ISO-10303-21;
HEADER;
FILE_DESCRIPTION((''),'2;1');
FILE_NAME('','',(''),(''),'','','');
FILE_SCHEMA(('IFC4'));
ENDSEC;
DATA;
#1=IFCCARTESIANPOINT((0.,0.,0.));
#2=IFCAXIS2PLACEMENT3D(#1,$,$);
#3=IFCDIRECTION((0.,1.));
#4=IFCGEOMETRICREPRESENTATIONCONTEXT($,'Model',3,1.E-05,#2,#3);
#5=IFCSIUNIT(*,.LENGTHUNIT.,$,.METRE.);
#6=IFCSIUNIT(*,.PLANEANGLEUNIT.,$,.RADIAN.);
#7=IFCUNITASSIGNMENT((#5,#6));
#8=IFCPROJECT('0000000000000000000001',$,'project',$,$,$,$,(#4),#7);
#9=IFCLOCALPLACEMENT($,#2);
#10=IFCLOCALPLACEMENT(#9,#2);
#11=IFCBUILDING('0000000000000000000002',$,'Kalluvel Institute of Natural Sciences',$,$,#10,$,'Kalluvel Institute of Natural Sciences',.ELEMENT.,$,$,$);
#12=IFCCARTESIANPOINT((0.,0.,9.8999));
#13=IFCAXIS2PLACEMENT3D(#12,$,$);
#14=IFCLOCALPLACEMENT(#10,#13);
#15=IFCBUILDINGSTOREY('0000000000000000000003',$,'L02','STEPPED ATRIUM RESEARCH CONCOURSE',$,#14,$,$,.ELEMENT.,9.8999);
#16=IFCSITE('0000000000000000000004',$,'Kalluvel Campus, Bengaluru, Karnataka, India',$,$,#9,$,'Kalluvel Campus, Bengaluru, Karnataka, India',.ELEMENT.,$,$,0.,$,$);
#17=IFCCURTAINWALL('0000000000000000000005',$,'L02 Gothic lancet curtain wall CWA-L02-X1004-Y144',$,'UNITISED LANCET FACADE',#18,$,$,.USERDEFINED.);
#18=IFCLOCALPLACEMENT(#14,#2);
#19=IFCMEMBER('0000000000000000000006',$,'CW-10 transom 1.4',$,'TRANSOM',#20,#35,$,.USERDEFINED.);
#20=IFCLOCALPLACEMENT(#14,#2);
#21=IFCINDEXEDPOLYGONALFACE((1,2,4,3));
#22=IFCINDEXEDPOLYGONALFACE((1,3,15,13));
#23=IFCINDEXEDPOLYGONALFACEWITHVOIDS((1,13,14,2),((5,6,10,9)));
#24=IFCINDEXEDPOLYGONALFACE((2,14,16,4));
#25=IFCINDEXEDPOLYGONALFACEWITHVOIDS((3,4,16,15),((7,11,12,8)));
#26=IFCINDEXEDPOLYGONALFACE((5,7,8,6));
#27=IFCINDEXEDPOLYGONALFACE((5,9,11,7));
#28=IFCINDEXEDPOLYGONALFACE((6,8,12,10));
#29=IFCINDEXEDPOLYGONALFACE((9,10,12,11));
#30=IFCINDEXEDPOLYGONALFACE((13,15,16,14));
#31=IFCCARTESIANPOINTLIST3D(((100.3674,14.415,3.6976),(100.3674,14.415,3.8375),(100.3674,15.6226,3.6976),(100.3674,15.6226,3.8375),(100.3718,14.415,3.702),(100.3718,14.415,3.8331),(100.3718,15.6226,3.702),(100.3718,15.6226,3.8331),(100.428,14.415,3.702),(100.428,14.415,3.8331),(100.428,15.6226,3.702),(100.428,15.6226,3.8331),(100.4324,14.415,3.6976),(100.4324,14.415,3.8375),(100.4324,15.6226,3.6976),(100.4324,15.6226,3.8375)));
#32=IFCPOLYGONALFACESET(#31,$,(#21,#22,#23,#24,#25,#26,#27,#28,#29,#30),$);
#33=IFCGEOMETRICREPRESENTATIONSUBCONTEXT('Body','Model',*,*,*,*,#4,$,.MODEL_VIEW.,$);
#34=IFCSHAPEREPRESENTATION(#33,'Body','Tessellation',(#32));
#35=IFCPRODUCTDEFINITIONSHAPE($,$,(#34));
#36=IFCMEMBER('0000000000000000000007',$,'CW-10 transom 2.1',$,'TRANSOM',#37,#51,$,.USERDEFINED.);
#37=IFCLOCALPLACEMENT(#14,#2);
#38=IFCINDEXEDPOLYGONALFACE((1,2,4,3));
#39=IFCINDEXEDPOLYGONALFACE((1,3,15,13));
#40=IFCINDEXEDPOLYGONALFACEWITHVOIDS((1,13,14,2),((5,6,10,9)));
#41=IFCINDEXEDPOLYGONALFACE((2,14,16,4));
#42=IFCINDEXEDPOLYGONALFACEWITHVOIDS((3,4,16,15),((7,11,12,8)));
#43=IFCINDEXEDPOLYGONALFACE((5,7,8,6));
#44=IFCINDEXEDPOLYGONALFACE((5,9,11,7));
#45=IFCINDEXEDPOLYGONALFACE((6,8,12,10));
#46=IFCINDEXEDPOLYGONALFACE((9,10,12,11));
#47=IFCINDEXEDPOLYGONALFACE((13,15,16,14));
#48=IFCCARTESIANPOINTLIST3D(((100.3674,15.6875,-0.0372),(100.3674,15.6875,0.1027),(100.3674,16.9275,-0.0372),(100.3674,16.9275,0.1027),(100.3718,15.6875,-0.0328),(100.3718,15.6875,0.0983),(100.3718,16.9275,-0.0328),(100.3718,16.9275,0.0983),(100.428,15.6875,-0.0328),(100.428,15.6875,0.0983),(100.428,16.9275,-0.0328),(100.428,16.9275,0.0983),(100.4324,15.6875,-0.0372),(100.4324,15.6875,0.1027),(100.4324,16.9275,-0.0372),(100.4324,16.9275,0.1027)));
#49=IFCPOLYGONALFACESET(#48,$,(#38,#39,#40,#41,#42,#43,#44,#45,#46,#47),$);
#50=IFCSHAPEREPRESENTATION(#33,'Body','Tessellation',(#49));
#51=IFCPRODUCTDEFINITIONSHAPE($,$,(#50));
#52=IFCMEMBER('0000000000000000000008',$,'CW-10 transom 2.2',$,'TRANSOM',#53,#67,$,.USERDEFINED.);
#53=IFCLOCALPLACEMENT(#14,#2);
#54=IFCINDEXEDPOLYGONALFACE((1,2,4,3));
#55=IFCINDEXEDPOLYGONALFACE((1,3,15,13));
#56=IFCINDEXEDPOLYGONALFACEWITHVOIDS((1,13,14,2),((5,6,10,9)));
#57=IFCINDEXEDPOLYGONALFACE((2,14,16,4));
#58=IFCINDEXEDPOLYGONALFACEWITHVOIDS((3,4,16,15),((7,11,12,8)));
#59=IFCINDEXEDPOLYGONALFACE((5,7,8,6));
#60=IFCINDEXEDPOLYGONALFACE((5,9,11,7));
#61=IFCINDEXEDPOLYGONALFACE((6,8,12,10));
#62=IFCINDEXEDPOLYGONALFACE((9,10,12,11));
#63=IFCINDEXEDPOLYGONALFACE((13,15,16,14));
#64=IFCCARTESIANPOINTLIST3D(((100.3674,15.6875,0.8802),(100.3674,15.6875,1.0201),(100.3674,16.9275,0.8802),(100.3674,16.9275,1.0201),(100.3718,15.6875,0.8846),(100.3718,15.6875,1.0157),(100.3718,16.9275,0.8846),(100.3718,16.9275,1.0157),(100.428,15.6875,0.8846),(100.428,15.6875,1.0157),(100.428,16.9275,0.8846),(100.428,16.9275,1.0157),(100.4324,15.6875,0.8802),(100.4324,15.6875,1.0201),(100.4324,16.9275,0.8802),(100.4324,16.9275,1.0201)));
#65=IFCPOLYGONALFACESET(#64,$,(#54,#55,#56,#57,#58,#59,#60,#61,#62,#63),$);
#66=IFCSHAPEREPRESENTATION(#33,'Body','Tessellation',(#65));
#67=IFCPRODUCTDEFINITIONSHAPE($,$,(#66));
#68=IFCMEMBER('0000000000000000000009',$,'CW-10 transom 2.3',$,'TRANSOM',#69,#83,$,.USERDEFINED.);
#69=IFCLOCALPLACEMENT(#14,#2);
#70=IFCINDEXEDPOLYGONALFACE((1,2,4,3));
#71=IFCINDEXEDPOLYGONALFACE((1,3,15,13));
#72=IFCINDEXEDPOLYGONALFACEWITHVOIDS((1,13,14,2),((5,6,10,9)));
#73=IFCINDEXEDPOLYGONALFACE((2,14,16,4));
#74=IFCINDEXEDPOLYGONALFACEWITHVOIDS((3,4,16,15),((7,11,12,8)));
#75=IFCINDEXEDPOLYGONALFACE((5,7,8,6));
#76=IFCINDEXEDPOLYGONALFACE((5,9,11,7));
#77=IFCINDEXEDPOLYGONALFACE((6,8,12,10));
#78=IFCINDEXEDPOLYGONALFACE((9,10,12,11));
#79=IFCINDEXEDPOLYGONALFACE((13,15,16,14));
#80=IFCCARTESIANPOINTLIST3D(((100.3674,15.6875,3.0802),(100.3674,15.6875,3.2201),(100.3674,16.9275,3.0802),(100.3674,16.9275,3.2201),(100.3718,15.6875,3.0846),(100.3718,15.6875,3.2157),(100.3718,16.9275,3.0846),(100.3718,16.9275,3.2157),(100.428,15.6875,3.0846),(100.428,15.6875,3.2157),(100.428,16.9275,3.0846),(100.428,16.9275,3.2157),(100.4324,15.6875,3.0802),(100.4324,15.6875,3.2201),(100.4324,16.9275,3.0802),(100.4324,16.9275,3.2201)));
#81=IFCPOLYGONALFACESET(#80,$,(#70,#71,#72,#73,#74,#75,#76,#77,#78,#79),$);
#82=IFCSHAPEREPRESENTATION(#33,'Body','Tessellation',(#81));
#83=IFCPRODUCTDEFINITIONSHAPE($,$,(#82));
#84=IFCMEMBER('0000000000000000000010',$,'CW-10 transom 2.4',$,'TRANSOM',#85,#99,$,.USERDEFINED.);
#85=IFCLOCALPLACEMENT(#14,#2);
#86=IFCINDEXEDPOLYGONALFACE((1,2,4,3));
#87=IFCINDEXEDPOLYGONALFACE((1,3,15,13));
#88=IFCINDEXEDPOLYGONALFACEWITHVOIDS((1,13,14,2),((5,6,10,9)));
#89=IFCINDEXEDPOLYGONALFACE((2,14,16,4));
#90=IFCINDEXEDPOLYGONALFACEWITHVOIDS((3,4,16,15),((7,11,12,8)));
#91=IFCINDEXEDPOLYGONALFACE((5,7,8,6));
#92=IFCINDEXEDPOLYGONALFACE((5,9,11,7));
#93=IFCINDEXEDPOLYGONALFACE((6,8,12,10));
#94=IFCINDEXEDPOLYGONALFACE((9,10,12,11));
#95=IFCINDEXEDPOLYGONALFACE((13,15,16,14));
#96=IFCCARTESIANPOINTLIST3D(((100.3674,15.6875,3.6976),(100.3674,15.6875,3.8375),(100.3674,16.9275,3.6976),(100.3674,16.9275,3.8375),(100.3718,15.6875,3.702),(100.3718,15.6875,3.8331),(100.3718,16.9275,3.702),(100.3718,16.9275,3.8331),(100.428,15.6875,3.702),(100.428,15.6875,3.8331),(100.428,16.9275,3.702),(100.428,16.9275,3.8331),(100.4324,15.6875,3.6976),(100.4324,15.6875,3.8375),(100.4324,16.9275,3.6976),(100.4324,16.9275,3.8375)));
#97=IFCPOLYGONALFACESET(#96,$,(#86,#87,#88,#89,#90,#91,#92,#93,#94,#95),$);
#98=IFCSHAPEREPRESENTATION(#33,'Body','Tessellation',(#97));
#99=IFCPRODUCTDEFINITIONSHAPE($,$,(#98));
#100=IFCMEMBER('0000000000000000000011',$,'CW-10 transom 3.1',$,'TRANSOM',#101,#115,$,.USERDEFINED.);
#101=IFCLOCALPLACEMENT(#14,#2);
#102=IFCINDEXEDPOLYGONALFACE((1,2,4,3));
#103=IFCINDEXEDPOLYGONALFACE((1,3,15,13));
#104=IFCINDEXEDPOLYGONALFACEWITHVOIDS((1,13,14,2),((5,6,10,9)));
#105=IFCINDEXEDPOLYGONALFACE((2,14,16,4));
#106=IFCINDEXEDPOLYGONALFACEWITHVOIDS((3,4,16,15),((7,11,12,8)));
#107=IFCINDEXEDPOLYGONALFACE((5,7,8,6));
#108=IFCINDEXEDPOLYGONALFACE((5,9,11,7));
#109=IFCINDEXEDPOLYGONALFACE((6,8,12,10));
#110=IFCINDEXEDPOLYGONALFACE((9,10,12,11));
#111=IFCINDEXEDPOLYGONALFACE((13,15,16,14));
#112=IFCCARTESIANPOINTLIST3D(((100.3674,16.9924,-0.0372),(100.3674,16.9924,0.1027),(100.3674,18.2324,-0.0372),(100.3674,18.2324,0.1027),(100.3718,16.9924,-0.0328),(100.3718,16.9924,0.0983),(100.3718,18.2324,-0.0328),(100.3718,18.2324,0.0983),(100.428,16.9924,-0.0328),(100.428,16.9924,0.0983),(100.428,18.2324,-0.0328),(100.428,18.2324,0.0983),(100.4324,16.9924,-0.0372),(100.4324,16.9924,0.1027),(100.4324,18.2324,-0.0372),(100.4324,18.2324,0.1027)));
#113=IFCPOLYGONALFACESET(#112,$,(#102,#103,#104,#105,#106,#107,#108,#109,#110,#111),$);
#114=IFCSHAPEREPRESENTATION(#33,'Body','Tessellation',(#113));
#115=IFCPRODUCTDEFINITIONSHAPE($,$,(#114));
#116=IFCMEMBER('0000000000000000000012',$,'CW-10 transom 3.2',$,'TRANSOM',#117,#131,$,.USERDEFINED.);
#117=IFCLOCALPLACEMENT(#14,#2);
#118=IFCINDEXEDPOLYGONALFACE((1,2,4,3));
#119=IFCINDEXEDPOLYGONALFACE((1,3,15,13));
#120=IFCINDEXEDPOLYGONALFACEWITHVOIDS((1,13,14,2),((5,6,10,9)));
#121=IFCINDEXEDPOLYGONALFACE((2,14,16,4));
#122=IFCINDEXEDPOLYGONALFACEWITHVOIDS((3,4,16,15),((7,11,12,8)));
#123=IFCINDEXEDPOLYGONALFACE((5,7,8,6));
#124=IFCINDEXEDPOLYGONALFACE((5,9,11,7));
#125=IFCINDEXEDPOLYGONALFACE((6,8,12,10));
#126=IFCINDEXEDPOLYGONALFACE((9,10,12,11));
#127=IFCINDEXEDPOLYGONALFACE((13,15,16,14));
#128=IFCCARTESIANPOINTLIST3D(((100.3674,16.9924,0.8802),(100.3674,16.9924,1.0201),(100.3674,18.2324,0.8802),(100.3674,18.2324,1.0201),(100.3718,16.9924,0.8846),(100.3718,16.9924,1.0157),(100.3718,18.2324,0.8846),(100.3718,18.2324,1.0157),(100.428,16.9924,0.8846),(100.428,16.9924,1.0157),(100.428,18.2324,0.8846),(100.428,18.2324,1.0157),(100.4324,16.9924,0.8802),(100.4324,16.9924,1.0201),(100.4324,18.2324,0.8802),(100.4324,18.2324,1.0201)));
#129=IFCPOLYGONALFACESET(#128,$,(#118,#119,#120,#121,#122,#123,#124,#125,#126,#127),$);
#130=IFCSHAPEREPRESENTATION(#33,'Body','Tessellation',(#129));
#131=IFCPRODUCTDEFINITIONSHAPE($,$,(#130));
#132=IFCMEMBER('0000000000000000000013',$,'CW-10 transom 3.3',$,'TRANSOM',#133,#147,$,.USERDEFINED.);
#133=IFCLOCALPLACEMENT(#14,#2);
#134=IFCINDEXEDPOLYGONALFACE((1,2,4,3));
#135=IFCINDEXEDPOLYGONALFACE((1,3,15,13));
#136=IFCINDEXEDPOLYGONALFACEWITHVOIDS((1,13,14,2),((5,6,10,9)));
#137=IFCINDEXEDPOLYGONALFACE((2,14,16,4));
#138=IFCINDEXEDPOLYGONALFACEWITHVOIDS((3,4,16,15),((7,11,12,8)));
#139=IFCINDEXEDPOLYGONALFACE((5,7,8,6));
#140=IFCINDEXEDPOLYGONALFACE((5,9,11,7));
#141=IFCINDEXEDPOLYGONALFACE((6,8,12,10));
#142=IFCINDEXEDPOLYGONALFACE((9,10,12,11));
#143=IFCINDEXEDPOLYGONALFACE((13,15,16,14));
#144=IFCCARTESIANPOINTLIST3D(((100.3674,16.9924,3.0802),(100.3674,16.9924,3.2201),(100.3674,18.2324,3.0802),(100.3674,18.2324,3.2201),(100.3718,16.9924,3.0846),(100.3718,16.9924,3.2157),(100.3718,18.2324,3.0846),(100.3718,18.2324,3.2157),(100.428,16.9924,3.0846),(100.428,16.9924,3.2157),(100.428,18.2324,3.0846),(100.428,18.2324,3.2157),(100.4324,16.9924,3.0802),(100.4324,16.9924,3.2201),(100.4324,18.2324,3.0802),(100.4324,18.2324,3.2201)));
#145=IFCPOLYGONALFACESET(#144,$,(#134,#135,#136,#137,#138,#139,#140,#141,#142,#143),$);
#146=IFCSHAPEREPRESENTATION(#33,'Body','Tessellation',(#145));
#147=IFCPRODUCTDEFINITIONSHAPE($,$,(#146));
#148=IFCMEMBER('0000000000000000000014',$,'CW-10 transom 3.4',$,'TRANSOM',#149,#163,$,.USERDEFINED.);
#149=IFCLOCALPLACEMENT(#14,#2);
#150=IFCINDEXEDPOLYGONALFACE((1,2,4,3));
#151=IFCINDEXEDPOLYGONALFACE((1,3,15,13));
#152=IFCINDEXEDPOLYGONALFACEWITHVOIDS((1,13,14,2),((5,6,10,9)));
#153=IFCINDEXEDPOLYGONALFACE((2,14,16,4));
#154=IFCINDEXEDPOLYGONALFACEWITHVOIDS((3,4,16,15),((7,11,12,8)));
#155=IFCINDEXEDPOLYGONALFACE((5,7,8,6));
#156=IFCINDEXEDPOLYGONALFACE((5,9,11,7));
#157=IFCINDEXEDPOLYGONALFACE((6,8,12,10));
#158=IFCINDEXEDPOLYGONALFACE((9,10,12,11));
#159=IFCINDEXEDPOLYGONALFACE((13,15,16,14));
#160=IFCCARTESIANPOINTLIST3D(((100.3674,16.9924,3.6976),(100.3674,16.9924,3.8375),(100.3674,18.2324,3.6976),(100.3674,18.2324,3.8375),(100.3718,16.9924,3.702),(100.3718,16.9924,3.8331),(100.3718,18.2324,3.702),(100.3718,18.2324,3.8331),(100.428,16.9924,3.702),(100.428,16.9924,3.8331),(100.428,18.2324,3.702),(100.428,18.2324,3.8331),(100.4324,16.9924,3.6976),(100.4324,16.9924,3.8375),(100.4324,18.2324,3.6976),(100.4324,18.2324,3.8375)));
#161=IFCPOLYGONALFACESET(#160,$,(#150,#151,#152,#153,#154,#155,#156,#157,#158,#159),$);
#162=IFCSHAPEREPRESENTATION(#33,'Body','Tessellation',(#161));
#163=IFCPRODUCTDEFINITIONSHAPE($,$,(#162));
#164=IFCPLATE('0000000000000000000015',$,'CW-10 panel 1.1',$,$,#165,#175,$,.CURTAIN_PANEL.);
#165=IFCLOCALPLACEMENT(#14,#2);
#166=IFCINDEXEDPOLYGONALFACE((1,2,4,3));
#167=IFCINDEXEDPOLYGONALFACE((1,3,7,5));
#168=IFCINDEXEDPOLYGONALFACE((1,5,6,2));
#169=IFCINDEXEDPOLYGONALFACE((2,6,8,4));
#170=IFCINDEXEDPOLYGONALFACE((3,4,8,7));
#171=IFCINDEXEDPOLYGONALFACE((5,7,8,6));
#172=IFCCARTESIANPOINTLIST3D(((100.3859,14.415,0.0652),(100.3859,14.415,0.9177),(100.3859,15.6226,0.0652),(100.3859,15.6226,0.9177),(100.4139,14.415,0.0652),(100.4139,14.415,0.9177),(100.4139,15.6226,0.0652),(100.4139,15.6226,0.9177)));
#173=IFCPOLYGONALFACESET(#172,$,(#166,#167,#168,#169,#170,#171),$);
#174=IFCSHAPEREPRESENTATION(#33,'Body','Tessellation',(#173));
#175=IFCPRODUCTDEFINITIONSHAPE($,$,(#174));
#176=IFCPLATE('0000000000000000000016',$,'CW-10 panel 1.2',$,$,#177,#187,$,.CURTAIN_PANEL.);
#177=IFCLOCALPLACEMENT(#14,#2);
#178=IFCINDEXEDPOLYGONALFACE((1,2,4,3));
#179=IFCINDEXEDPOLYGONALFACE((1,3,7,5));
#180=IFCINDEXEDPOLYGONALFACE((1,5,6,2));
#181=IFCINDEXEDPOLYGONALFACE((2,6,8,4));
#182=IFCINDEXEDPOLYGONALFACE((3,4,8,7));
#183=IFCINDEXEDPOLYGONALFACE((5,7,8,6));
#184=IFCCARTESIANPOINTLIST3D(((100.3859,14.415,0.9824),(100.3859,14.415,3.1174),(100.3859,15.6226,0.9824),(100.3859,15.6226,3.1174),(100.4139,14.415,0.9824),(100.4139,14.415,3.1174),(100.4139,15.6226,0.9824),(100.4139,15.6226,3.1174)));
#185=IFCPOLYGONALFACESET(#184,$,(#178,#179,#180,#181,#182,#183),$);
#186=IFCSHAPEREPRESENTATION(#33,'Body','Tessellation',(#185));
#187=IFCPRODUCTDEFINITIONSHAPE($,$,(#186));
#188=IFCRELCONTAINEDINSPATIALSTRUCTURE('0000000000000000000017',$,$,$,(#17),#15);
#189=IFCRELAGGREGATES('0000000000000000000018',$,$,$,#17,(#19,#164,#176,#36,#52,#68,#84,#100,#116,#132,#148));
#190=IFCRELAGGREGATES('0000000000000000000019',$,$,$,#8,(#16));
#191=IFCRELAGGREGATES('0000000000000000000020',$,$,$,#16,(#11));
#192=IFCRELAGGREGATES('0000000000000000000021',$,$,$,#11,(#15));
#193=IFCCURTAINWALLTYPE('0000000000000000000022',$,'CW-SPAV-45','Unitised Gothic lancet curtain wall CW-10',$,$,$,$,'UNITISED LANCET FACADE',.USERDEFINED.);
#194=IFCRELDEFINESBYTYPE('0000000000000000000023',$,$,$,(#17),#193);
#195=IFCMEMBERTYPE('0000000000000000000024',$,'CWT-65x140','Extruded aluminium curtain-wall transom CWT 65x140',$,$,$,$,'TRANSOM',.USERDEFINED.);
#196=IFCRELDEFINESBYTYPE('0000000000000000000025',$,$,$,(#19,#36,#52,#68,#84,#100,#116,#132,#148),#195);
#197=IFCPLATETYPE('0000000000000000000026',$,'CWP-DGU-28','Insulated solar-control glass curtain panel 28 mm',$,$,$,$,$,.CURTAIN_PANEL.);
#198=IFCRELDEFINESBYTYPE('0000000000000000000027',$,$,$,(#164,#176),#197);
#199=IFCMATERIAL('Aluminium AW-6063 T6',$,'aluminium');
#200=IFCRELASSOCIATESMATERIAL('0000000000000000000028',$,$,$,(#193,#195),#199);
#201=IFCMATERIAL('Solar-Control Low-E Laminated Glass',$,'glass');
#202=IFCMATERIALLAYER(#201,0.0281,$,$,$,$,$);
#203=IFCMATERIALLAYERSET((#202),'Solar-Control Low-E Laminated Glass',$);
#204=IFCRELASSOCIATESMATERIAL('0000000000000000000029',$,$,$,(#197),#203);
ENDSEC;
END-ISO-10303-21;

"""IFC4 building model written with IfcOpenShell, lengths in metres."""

from ifc_helpers import new_model, si_unit, direction, frame, origin, origin_2d, place, context, subcontext, project, spatial, rectangle, hollow_rectangle, extrude, material, layer, layer_set, material_profile, profile_set, type_object, element, aggregate, save


model = new_model("IFC4")

# Units and contexts
model_context = context("Model", 3, precision=1e-05, world=origin(), true_north=direction((0.0, 1.0)))
body_context = subcontext(model_context, "Body", "Model", "MODEL_VIEW")
ifc_project = project(units=[si_unit("LENGTHUNIT", "METRE"), si_unit("PLANEANGLEUNIT", "RADIAN")], contexts=[model_context])

# Site, building, storey
site_placement = place(None, origin())
site = spatial("IfcSite", under=ifc_project, at=site_placement, Name="Kalluvel Campus, Bengaluru, Karnataka, India", LongName="Kalluvel Campus, Bengaluru, Karnataka, India", CompositionType="ELEMENT", RefElevation=0.0)
building_placement = place(site_placement, origin())
building = spatial("IfcBuilding", under=site, at=building_placement, Name="Kalluvel Institute of Natural Sciences", LongName="Kalluvel Institute of Natural Sciences", CompositionType="ELEMENT")
storey_placement = place(building_placement, frame((0.0, 0.0, 9.8999)))
storey = spatial("IfcBuildingStorey", under=building, at=storey_placement, Name="L02", Description="STEPPED ATRIUM RESEARCH CONCOURSE", CompositionType="ELEMENT", Elevation=9.8999)

# Curtain wall, members, plates
ifc_material_1 = material(Name="Aluminium AW-6063 T6", Category="aluminium")
curtain_wall_type = type_object("IfcCurtainWallType", Name="CW-SPAV-45", Description="Unitised Gothic lancet curtain wall CW-10", ElementType="UNITISED LANCET FACADE", PredefinedType="USERDEFINED", material=ifc_material_1)
curtain_wall_placement = place(storey_placement, origin())
curtain_wall = element("IfcCurtainWall", 1, at=curtain_wall_placement, inside=storey, type_object=curtain_wall_type, Name="L02 Gothic lancet curtain wall CWA-L02-X1004-Y144", ObjectType="UNITISED LANCET FACADE", PredefinedType="USERDEFINED")
ifc_material_profile_1 = material_profile(ifc_material_1, hollow_rectangle(XDim=0.0649, YDim=0.1399, WallThickness=0.0044, at=origin_2d()), Name="CWT 65x140")
ifc_profile_set_1 = profile_set([ifc_material_profile_1], Name="Aluminium AW-6063 T6")
member_type_1 = type_object("IfcMemberType", Name="CWT-65x140", Description="Extruded aluminium curtain-wall transom CWT 65x140", ElementType="TRANSOM", PredefinedType="USERDEFINED", material=ifc_profile_set_1)
member_1_placement = place(storey_placement, frame((100.3999, 14.415, 3.7676), z_axis=(0.0, 1.0, 0.0), x_axis=(-1.0, 0.0, 0.0)))
member_1 = element("IfcMember", 2, at=member_1_placement, type_object=member_type_1, Name="CW-10 transom 1.4", ObjectType="TRANSOM", PredefinedType="USERDEFINED", context=body_context, shape_type="SweptSolid", body=[
    extrude(hollow_rectangle(XDim=0.0649, YDim=0.1399, WallThickness=0.0044, at=origin_2d()), origin(), (0.0, 0.0, 1.0), 1.2075),
])
member_2_placement = place(storey_placement, frame((100.3999, 15.6875, 0.0327), z_axis=(0.0, 1.0, 0.0), x_axis=(-1.0, 0.0, 0.0)))
member_2 = element("IfcMember", 3, at=member_2_placement, type_object=member_type_1, Name="CW-10 transom 2.1", ObjectType="TRANSOM", PredefinedType="USERDEFINED", context=body_context, shape_type="SweptSolid", body=[
    extrude(hollow_rectangle(XDim=0.0649, YDim=0.1399, WallThickness=0.0044, at=origin_2d()), origin(), (0.0, 0.0, 1.0), 1.24),
])
member_3_placement = place(storey_placement, frame((100.3999, 15.6875, 0.9502), z_axis=(0.0, 1.0, 0.0), x_axis=(-1.0, 0.0, 0.0)))
member_3 = element("IfcMember", 4, at=member_3_placement, type_object=member_type_1, Name="CW-10 transom 2.2", ObjectType="TRANSOM", PredefinedType="USERDEFINED", context=body_context, shape_type="SweptSolid", body=[
    extrude(hollow_rectangle(XDim=0.0649, YDim=0.1399, WallThickness=0.0044, at=origin_2d()), origin(), (0.0, 0.0, 1.0), 1.24),
])
member_4_placement = place(storey_placement, frame((100.3999, 15.6875, 3.1501), z_axis=(0.0, 1.0, 0.0), x_axis=(-1.0, 0.0, 0.0)))
member_4 = element("IfcMember", 5, at=member_4_placement, type_object=member_type_1, Name="CW-10 transom 2.3", ObjectType="TRANSOM", PredefinedType="USERDEFINED", context=body_context, shape_type="SweptSolid", body=[
    extrude(hollow_rectangle(XDim=0.0649, YDim=0.1399, WallThickness=0.0044, at=origin_2d()), origin(), (0.0, 0.0, 1.0), 1.24),
])
member_5_placement = place(storey_placement, frame((100.3999, 15.6875, 3.7676), z_axis=(0.0, 1.0, 0.0), x_axis=(-1.0, 0.0, 0.0)))
member_5 = element("IfcMember", 6, at=member_5_placement, type_object=member_type_1, Name="CW-10 transom 2.4", ObjectType="TRANSOM", PredefinedType="USERDEFINED", context=body_context, shape_type="SweptSolid", body=[
    extrude(hollow_rectangle(XDim=0.0649, YDim=0.1399, WallThickness=0.0044, at=origin_2d()), origin(), (0.0, 0.0, 1.0), 1.24),
])
member_6_placement = place(storey_placement, frame((100.3999, 16.9924, 0.0327), z_axis=(0.0, 1.0, 0.0), x_axis=(-1.0, 0.0, 0.0)))
member_6 = element("IfcMember", 7, at=member_6_placement, type_object=member_type_1, Name="CW-10 transom 3.1", ObjectType="TRANSOM", PredefinedType="USERDEFINED", context=body_context, shape_type="SweptSolid", body=[
    extrude(hollow_rectangle(XDim=0.0649, YDim=0.1399, WallThickness=0.0044, at=origin_2d()), origin(), (0.0, 0.0, 1.0), 1.24),
])
member_7_placement = place(storey_placement, frame((100.3999, 16.9924, 0.9502), z_axis=(0.0, 1.0, 0.0), x_axis=(-1.0, 0.0, 0.0)))
member_7 = element("IfcMember", 8, at=member_7_placement, type_object=member_type_1, Name="CW-10 transom 3.2", ObjectType="TRANSOM", PredefinedType="USERDEFINED", context=body_context, shape_type="SweptSolid", body=[
    extrude(hollow_rectangle(XDim=0.0649, YDim=0.1399, WallThickness=0.0044, at=origin_2d()), origin(), (0.0, 0.0, 1.0), 1.24),
])
member_8_placement = place(storey_placement, frame((100.3999, 16.9924, 3.1501), z_axis=(0.0, 1.0, 0.0), x_axis=(-1.0, 0.0, 0.0)))
member_8 = element("IfcMember", 9, at=member_8_placement, type_object=member_type_1, Name="CW-10 transom 3.3", ObjectType="TRANSOM", PredefinedType="USERDEFINED", context=body_context, shape_type="SweptSolid", body=[
    extrude(hollow_rectangle(XDim=0.0649, YDim=0.1399, WallThickness=0.0044, at=origin_2d()), origin(), (0.0, 0.0, 1.0), 1.24),
])
member_9_placement = place(storey_placement, frame((100.3999, 16.9924, 3.7676), z_axis=(0.0, 1.0, 0.0), x_axis=(-1.0, 0.0, 0.0)))
member_9 = element("IfcMember", 10, at=member_9_placement, type_object=member_type_1, Name="CW-10 transom 3.4", ObjectType="TRANSOM", PredefinedType="USERDEFINED", context=body_context, shape_type="SweptSolid", body=[
    extrude(hollow_rectangle(XDim=0.0649, YDim=0.1399, WallThickness=0.0044, at=origin_2d()), origin(), (0.0, 0.0, 1.0), 1.24),
])
ifc_material_2 = material(Name="Solar-Control Low-E Laminated Glass", Category="glass")
ifc_layer = layer(ifc_material_2, 0.0281)
ifc_layer_set = layer_set([ifc_layer], Name="Solar-Control Low-E Laminated Glass")
plate_type = type_object("IfcPlateType", Name="CWP-DGU-28", Description="Insulated solar-control glass curtain panel 28 mm", PredefinedType="CURTAIN_PANEL", material=ifc_layer_set)
plate_1_placement = place(storey_placement, frame((100.3999, 15.0188, 0.0652), z_axis=(0.0, 0.0, 1.0), x_axis=(0.0, 1.0, 0.0)))
plate_1 = element("IfcPlate", 11, at=plate_1_placement, type_object=plate_type, Name="CW-10 panel 1.1", PredefinedType="CURTAIN_PANEL", context=body_context, shape_type="SweptSolid", body=[
    extrude(rectangle(XDim=1.2075, YDim=0.0281, at=origin_2d()), origin(), (0.0, 0.0, 1.0), 0.8525),
])
plate_2_placement = place(storey_placement, frame((100.3999, 15.0188, 0.9824), z_axis=(0.0, 0.0, 1.0), x_axis=(0.0, 1.0, 0.0)))
plate_2 = element("IfcPlate", 12, at=plate_2_placement, type_object=plate_type, Name="CW-10 panel 1.2", PredefinedType="CURTAIN_PANEL", context=body_context, shape_type="SweptSolid", body=[
    extrude(rectangle(XDim=1.2075, YDim=0.0281, at=origin_2d()), origin(), (0.0, 0.0, 1.0), 2.135),
])
aggregate(curtain_wall, [member_1, plate_1, plate_2, member_2, member_3, member_4, member_5, member_6, member_7, member_8, member_9])

save(model, "model.ifc")
